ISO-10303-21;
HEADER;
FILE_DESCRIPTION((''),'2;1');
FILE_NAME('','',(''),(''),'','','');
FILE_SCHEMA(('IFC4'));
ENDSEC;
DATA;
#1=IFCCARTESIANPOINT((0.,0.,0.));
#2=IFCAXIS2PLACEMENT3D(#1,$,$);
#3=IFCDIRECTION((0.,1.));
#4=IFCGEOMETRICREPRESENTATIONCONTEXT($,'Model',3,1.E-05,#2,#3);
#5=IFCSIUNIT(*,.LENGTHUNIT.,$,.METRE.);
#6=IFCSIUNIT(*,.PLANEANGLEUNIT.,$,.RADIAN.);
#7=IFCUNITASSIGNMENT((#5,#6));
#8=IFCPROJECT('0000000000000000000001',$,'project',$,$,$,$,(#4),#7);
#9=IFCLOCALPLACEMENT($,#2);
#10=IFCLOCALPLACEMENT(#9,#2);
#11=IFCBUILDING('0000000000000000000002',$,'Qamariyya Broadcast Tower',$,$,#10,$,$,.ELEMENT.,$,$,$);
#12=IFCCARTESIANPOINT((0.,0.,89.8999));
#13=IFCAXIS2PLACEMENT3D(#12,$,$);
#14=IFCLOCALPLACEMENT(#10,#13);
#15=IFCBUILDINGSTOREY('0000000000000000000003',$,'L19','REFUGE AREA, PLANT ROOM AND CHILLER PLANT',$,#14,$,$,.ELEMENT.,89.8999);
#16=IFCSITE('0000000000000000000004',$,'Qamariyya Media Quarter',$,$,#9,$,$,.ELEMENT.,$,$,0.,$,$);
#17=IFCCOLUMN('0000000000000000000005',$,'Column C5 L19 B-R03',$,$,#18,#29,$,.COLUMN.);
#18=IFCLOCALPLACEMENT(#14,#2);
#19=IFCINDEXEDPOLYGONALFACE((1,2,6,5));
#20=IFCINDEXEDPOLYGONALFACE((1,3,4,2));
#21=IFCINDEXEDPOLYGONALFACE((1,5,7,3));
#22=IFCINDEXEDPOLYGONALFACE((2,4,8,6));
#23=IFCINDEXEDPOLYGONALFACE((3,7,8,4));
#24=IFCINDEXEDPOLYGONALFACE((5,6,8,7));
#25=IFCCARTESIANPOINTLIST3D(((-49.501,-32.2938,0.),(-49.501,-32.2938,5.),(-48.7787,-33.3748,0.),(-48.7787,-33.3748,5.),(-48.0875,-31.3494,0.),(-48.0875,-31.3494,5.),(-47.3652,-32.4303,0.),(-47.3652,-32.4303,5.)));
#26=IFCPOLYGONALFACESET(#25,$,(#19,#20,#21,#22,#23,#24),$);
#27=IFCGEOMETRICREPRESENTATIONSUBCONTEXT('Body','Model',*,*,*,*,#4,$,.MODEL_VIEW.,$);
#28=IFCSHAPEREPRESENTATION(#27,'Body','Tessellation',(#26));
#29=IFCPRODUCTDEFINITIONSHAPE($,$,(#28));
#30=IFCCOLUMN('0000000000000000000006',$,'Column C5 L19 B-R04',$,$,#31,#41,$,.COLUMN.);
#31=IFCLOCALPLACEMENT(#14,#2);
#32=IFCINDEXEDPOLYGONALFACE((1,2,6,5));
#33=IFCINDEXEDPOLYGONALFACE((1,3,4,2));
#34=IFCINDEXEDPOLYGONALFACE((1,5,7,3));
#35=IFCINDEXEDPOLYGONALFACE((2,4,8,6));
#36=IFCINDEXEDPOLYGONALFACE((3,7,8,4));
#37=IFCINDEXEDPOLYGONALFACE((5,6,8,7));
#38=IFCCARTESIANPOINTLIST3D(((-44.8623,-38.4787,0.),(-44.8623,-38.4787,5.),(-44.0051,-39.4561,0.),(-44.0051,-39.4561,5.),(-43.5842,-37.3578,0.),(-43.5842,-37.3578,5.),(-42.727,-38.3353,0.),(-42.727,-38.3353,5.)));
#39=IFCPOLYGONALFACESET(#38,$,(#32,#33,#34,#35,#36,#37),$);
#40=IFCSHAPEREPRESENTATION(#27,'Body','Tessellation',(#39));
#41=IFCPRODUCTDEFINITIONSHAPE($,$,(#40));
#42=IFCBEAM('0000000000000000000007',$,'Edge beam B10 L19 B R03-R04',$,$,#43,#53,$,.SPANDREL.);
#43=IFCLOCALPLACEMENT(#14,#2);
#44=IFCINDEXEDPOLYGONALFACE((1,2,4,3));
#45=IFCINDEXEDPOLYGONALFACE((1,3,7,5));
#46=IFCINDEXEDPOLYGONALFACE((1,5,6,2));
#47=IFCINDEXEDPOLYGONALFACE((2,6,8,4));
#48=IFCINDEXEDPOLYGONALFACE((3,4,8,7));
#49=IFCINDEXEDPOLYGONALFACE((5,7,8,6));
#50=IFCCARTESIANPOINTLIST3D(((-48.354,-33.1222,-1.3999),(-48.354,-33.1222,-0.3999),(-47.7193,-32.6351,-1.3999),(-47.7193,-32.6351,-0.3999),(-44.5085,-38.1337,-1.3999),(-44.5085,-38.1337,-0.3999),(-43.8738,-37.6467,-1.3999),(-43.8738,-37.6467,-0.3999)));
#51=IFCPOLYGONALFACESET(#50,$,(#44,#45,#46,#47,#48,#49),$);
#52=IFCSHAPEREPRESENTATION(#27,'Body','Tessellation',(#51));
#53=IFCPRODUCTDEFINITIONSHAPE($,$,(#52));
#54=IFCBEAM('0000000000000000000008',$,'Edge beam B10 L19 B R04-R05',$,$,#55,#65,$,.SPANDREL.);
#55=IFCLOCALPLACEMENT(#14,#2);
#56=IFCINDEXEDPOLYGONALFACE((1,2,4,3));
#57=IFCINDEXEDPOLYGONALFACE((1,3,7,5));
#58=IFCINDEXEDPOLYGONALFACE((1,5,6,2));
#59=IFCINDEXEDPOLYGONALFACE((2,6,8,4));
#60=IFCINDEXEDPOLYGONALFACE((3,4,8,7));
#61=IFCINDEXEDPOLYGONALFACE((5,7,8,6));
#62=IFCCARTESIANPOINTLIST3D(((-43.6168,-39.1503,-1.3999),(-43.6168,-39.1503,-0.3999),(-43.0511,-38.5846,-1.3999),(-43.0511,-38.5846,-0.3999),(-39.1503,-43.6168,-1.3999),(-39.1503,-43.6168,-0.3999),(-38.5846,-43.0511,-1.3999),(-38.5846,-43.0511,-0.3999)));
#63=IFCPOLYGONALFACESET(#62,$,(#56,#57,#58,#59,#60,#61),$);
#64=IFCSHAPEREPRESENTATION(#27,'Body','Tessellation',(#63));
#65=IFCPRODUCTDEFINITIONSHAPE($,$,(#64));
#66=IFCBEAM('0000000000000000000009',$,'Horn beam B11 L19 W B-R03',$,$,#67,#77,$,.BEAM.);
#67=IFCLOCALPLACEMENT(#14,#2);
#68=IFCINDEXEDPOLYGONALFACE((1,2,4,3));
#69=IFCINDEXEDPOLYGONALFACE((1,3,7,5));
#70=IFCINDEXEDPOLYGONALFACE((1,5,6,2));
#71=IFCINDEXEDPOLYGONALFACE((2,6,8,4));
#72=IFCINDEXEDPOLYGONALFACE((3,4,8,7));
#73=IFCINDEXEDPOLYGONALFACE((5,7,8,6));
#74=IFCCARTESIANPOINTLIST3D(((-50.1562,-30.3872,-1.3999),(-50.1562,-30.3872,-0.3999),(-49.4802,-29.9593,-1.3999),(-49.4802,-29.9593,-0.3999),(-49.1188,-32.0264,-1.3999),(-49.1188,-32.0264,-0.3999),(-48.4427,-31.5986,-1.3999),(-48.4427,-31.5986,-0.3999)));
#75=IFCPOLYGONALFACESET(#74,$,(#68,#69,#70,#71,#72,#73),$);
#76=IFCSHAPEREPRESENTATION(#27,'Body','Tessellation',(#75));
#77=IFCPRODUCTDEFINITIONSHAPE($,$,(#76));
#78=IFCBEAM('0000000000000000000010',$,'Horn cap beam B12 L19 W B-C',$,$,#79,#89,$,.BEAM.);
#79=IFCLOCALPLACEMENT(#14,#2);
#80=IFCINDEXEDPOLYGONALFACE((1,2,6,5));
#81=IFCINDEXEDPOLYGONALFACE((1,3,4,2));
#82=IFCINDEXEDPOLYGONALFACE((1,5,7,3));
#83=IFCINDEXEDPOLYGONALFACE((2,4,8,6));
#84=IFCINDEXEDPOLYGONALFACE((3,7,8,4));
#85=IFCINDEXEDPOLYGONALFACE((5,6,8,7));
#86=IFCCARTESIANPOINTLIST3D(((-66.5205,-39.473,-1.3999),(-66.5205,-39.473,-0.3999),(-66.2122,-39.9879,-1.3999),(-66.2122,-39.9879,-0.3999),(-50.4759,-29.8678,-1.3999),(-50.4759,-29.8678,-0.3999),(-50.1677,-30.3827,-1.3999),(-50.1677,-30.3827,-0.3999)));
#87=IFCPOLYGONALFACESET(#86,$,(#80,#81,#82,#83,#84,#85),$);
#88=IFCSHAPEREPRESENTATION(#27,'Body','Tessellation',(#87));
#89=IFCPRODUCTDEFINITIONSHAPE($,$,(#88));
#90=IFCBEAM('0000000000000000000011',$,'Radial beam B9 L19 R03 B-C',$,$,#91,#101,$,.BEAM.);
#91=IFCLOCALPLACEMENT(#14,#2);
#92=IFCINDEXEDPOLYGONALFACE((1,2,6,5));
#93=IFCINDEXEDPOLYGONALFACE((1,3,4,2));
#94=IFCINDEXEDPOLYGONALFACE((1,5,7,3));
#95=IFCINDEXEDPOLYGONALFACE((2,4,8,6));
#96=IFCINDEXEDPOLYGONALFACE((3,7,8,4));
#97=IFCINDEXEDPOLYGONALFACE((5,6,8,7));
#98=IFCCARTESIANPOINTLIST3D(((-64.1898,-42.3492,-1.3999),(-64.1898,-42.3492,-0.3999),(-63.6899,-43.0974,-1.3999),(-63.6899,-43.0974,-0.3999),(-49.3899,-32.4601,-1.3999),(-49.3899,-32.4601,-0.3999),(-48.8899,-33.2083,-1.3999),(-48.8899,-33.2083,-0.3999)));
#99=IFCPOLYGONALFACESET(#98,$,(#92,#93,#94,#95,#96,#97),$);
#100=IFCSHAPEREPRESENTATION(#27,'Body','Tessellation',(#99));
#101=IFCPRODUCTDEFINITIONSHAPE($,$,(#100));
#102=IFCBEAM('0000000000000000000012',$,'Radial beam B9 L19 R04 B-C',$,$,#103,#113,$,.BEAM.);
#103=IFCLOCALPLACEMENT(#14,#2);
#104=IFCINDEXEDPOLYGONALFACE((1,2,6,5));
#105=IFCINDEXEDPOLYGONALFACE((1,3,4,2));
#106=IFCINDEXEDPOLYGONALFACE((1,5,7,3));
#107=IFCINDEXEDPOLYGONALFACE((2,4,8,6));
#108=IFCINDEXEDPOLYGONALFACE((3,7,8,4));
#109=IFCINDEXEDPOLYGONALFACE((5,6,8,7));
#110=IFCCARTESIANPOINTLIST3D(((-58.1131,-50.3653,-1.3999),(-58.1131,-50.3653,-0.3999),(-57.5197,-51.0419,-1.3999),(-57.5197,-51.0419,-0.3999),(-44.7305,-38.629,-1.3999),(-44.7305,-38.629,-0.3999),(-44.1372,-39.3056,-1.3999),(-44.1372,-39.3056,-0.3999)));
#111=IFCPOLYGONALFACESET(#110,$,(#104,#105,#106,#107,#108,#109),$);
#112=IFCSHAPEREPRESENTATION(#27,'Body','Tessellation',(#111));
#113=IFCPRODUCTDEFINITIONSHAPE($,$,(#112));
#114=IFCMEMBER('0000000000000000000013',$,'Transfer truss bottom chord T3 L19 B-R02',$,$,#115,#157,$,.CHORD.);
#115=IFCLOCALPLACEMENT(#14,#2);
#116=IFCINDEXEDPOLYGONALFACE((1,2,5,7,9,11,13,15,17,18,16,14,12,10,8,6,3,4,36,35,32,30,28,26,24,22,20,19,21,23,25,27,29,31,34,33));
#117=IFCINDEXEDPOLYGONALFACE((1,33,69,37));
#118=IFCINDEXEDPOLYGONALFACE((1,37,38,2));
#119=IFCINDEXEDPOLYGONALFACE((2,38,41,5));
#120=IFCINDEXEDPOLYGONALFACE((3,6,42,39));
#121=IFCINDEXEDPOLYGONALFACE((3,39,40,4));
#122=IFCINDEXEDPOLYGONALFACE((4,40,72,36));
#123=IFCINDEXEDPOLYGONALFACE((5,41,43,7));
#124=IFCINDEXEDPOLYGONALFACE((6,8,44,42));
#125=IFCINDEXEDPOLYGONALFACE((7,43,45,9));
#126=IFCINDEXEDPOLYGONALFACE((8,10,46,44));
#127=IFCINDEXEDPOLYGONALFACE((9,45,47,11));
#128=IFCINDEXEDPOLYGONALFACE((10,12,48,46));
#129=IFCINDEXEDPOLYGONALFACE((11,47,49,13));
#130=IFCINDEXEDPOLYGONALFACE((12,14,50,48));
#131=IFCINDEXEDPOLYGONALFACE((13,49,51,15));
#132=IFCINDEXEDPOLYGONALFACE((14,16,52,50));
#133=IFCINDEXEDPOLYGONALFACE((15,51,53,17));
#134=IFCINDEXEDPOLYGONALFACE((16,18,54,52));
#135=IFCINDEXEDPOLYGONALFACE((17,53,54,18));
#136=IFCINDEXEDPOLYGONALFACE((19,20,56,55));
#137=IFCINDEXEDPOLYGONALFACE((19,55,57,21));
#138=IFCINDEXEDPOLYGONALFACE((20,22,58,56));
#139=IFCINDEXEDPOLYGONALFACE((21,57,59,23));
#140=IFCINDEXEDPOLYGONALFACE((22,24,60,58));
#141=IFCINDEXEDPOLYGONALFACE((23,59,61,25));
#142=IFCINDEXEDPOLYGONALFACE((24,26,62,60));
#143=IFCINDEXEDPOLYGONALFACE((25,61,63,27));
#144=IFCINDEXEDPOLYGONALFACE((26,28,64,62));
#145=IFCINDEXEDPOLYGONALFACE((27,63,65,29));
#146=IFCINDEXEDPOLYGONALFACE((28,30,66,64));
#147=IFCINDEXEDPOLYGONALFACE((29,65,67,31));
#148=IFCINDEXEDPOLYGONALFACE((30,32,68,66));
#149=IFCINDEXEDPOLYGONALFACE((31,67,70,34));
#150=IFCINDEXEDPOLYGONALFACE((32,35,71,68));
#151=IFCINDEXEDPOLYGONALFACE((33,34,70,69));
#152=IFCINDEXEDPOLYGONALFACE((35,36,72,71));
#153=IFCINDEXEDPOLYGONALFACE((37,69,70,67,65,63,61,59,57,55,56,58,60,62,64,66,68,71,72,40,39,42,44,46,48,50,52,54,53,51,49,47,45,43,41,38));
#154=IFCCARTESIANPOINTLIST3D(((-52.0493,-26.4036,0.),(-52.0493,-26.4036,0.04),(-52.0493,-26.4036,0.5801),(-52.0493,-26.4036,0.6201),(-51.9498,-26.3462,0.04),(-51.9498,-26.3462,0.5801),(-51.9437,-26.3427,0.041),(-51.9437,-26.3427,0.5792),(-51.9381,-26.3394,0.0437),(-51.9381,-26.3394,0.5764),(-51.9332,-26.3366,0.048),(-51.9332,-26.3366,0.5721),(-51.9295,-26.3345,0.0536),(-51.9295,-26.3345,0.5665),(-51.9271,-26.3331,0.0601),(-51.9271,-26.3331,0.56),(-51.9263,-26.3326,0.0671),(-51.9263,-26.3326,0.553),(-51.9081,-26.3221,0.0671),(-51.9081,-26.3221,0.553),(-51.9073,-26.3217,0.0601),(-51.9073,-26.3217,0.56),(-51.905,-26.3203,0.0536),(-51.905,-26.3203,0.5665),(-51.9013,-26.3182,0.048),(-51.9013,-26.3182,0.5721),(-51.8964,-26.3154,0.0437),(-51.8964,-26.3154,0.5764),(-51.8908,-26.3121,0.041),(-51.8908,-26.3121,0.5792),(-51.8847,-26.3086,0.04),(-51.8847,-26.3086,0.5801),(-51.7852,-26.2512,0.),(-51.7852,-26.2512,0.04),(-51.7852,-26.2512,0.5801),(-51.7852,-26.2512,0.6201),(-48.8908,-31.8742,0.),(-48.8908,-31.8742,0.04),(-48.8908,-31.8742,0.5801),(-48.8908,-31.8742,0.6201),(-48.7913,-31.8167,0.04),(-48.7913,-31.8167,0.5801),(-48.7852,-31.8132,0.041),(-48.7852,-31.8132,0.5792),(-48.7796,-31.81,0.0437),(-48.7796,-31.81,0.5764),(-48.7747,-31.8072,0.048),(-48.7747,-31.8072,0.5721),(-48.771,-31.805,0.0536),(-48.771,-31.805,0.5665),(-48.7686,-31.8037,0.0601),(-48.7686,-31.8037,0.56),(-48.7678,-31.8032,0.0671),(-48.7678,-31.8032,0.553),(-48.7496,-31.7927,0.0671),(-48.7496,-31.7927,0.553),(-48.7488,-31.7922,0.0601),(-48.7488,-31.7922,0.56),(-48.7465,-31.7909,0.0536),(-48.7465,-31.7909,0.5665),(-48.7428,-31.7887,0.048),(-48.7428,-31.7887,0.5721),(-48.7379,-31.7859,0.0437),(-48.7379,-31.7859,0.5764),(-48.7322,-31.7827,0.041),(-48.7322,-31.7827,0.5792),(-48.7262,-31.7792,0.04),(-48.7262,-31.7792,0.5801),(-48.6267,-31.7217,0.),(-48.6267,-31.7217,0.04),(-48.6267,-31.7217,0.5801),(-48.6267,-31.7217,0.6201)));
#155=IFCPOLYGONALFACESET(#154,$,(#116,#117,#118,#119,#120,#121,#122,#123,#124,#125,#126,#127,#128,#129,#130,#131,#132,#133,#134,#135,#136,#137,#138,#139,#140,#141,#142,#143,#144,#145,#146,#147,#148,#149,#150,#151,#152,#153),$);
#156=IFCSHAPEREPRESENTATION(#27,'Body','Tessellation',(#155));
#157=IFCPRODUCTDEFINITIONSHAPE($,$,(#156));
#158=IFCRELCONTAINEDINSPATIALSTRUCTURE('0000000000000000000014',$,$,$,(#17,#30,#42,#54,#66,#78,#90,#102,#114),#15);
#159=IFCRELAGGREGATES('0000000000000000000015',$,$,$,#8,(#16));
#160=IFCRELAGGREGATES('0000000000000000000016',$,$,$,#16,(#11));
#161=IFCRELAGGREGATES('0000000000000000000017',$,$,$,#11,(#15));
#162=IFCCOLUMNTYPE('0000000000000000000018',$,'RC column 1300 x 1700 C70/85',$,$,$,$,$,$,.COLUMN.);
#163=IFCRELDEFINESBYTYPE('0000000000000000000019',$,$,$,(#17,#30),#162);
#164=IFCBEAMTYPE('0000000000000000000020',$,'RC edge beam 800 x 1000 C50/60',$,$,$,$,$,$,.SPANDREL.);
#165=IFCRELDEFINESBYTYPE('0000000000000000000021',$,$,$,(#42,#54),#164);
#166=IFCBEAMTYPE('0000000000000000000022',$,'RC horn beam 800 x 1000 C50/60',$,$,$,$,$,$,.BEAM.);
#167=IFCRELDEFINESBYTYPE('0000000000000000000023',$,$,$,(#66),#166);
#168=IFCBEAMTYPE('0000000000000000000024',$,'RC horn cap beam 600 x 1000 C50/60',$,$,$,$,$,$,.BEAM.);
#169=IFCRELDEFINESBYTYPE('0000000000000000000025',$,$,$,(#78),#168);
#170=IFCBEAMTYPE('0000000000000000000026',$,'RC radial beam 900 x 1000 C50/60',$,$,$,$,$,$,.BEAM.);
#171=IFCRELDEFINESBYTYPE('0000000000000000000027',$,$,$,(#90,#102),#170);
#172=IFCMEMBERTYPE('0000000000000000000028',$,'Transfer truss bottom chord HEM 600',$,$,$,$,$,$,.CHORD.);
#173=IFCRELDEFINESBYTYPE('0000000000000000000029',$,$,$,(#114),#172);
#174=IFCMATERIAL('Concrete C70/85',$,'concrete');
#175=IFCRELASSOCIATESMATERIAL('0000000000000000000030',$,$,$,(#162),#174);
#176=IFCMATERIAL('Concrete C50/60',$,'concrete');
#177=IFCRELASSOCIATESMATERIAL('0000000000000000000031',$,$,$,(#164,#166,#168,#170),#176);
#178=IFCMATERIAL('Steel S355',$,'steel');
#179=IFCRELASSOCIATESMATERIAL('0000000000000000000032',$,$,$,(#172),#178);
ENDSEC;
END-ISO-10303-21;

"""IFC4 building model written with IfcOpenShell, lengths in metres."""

from ifc_helpers import new_model, si_unit, direction, frame, origin, origin_2d, place, context, subcontext, project, spatial, rectangle, i_section, extrude, material, material_profile, profile_set, type_object, element, save


model = new_model("IFC4")

# Units and contexts
model_context = context("Model", 3, precision=1e-05, world=origin(), true_north=direction((0.0, 1.0)))
body_context = subcontext(model_context, "Body", "Model", "MODEL_VIEW")
ifc_project = project(units=[si_unit("LENGTHUNIT", "METRE"), si_unit("PLANEANGLEUNIT", "RADIAN")], contexts=[model_context])

# Site, building, storey
site_placement = place(None, origin())
site = spatial("IfcSite", under=ifc_project, at=site_placement, Name="Qamariyya Media Quarter", CompositionType="ELEMENT", RefElevation=0.0)
building_placement = place(site_placement, origin())
building = spatial("IfcBuilding", under=site, at=building_placement, Name="Qamariyya Broadcast Tower", CompositionType="ELEMENT")
storey_placement = place(building_placement, frame((0.0, 0.0, 89.8999)))
storey = spatial("IfcBuildingStorey", under=building, at=storey_placement, Name="L19", Description="REFUGE AREA, PLANT ROOM AND CHILLER PLANT", CompositionType="ELEMENT", Elevation=89.8999)

# Columns
ifc_material_1 = material(Name="Concrete C70/85", Category="concrete")
ifc_material_profile_1 = material_profile(ifc_material_1, rectangle(XDim=1.3, YDim=1.7, at=origin_2d()))
ifc_profile_set_1 = profile_set([ifc_material_profile_1], Name="Concrete C70/85")
column_type = type_object("IfcColumnType", Name="RC column 1300 x 1700 C70/85", PredefinedType="COLUMN", material=ifc_profile_set_1)
for number, where, z_axis, x_axis, name in (
    (1, (-48.4331, -32.3621, 0.0), (0.0, 0.0, 1.0), (0.55557, -0.83147, 0.0), "Column C5 L19 B-R03"),
    (2, (-43.7947, -38.407, 0.0), (0.0, 0.0, 1.0), (0.659346, -0.75184, 0.0), "Column C5 L19 B-R04"),
):
    element("IfcColumn", number, at=place(storey_placement, frame(where, z_axis=z_axis, x_axis=x_axis)), inside=storey, type_object=column_type, Name=name, PredefinedType="COLUMN", context=body_context, shape_type="SweptSolid", body=[
        extrude(rectangle(XDim=1.3, YDim=1.7, at=origin_2d()), origin(), (0.0, 0.0, 1.0), 5.0),
    ])

# Beams
ifc_material_2 = material(Name="Concrete C50/60", Category="concrete")
ifc_material_profile_2 = material_profile(ifc_material_2, rectangle(XDim=0.8, YDim=1.0, at=origin_2d()))
ifc_profile_set_2 = profile_set([ifc_material_profile_2], Name="Concrete C50/60")
beam_type_1 = type_object("IfcBeamType", Name="RC edge beam 800 x 1000 C50/60", PredefinedType="SPANDREL", material=ifc_profile_set_2)
beam_1_placement = place(storey_placement, frame((-48.0366, -32.8787, -0.8999), z_axis=(0.608763, -0.793352, 0.0), x_axis=(0.793352, 0.608763, 0.0)))
element("IfcBeam", 3, at=beam_1_placement, inside=storey, type_object=beam_type_1, Name="Edge beam B10 L19 B R03-R04", PredefinedType="SPANDREL", context=body_context, shape_type="SweptSolid", body=[
    extrude(rectangle(XDim=0.8, YDim=1.0, at=origin_2d()), origin(), (0.0, 0.0, 1.0), 6.3169),
])
beam_2_placement = place(storey_placement, frame((-43.334, -38.8674, -0.8999), z_axis=(0.707107, -0.707107, 0.0), x_axis=(0.707107, 0.707107, 0.0)))
element("IfcBeam", 4, at=beam_2_placement, inside=storey, type_object=beam_type_1, Name="Edge beam B10 L19 B R04-R05", PredefinedType="SPANDREL", context=body_context, shape_type="SweptSolid", body=[
    extrude(rectangle(XDim=0.8, YDim=1.0, at=origin_2d()), origin(), (0.0, 0.0, 1.0), 6.3167),
])
ifc_material_profile_3 = material_profile(ifc_material_2, rectangle(XDim=0.8, YDim=1.0, at=origin_2d()))
ifc_profile_set_3 = profile_set([ifc_material_profile_3], Name="Concrete C50/60")
beam_type_2 = type_object("IfcBeamType", Name="RC horn beam 800 x 1000 C50/60", PredefinedType="BEAM", material=ifc_profile_set_3)
beam_3_placement = place(storey_placement, frame((-48.7808, -31.8125, -0.8999), z_axis=(-0.534765, 0.845001, 0.0), x_axis=(-0.845001, -0.534765, 0.0)))
element("IfcBeam", 5, at=beam_3_placement, inside=storey, type_object=beam_type_2, Name="Horn beam B11 L19 W B-R03", PredefinedType="BEAM", context=body_context, shape_type="SweptSolid", body=[
    extrude(rectangle(XDim=0.8, YDim=1.0, at=origin_2d()), origin(), (0.0, 0.0, 1.0), 1.9399),
])
ifc_material_profile_4 = material_profile(ifc_material_2, rectangle(XDim=0.6001, YDim=1.0, at=origin_2d()))
ifc_profile_set_4 = profile_set([ifc_material_profile_4], Name="Concrete C50/60")
beam_type_3 = type_object("IfcBeamType", Name="RC horn cap beam 600 x 1000 C50/60", PredefinedType="BEAM", material=ifc_profile_set_4)
beam_4_placement = place(storey_placement, frame((-50.3218, -30.1252, -0.8999), z_axis=(-0.858002, -0.513647, 0.0), x_axis=(0.513647, -0.858002, 0.0)))
element("IfcBeam", 6, at=beam_4_placement, inside=storey, type_object=beam_type_3, Name="Horn cap beam B12 L19 W B-C", PredefinedType="BEAM", context=body_context, shape_type="SweptSolid", body=[
    extrude(rectangle(XDim=0.6001, YDim=1.0, at=origin_2d()), origin(), (0.0, 0.0, 1.0), 18.7),
])
ifc_material_profile_5 = material_profile(ifc_material_2, rectangle(XDim=0.8999, YDim=1.0, at=origin_2d()))
ifc_profile_set_5 = profile_set([ifc_material_profile_5], Name="Concrete C50/60")
beam_type_4 = type_object("IfcBeamType", Name="RC radial beam 900 x 1000 C50/60", PredefinedType="BEAM", material=ifc_profile_set_5)
for number, where, z_axis, x_axis, name in (
    (7, (-49.1399, -32.8342, -0.8999), (-0.831467, -0.555573, 0.0), (0.555573, -0.831467, 0.0), "Radial beam B9 L19 R03 B-C"),
    (8, (-44.4338, -38.9673, -0.8999), (-0.751836, -0.65935, 0.0), (0.65935, -0.751836, 0.0), "Radial beam B9 L19 R04 B-C"),
):
    element("IfcBeam", number, at=place(storey_placement, frame(where, z_axis=z_axis, x_axis=x_axis)), inside=storey, type_object=beam_type_4, Name=name, PredefinedType="BEAM", context=body_context, shape_type="SweptSolid", body=[
        extrude(rectangle(XDim=0.8999, YDim=1.0, at=origin_2d()), origin(), (0.0, 0.0, 1.0), 17.7998),
    ])

# Member
ifc_material_3 = material(Name="Steel S355", Category="steel")
ifc_material_profile_6 = material_profile(ifc_material_3, i_section(OverallWidth=0.3049, OverallDepth=0.6201, WebThickness=0.021, FlangeThickness=0.04, FilletRadius=0.0271, at=origin_2d()))
ifc_profile_set_6 = profile_set([ifc_material_profile_6], Name="Steel S355")
member_type_1 = type_object("IfcMemberType", Name="Transfer truss bottom chord HEM 600", PredefinedType="CHORD", material=ifc_profile_set_6)
for number, where, z_axis, x_axis, name in (
    (9, (-51.9172, -26.3274, 0.3101), (0.500009, -0.86602, 0.0), (0.86602, 0.500009, 0.0), "Transfer truss bottom chord T3 L19 B-R02"),
):
    element("IfcMember", number, at=place(storey_placement, frame(where, z_axis=z_axis, x_axis=x_axis)), inside=storey, type_object=member_type_1, Name=name, PredefinedType="CHORD", context=body_context, shape_type="SweptSolid", body=[
        extrude(i_section(OverallWidth=0.3049, OverallDepth=0.6201, WebThickness=0.021, FlangeThickness=0.04, FilletRadius=0.0271, at=origin_2d()), origin(), (0.0, 0.0, 1.0), 6.3169),
    ])

save(model, "model.ifc")
